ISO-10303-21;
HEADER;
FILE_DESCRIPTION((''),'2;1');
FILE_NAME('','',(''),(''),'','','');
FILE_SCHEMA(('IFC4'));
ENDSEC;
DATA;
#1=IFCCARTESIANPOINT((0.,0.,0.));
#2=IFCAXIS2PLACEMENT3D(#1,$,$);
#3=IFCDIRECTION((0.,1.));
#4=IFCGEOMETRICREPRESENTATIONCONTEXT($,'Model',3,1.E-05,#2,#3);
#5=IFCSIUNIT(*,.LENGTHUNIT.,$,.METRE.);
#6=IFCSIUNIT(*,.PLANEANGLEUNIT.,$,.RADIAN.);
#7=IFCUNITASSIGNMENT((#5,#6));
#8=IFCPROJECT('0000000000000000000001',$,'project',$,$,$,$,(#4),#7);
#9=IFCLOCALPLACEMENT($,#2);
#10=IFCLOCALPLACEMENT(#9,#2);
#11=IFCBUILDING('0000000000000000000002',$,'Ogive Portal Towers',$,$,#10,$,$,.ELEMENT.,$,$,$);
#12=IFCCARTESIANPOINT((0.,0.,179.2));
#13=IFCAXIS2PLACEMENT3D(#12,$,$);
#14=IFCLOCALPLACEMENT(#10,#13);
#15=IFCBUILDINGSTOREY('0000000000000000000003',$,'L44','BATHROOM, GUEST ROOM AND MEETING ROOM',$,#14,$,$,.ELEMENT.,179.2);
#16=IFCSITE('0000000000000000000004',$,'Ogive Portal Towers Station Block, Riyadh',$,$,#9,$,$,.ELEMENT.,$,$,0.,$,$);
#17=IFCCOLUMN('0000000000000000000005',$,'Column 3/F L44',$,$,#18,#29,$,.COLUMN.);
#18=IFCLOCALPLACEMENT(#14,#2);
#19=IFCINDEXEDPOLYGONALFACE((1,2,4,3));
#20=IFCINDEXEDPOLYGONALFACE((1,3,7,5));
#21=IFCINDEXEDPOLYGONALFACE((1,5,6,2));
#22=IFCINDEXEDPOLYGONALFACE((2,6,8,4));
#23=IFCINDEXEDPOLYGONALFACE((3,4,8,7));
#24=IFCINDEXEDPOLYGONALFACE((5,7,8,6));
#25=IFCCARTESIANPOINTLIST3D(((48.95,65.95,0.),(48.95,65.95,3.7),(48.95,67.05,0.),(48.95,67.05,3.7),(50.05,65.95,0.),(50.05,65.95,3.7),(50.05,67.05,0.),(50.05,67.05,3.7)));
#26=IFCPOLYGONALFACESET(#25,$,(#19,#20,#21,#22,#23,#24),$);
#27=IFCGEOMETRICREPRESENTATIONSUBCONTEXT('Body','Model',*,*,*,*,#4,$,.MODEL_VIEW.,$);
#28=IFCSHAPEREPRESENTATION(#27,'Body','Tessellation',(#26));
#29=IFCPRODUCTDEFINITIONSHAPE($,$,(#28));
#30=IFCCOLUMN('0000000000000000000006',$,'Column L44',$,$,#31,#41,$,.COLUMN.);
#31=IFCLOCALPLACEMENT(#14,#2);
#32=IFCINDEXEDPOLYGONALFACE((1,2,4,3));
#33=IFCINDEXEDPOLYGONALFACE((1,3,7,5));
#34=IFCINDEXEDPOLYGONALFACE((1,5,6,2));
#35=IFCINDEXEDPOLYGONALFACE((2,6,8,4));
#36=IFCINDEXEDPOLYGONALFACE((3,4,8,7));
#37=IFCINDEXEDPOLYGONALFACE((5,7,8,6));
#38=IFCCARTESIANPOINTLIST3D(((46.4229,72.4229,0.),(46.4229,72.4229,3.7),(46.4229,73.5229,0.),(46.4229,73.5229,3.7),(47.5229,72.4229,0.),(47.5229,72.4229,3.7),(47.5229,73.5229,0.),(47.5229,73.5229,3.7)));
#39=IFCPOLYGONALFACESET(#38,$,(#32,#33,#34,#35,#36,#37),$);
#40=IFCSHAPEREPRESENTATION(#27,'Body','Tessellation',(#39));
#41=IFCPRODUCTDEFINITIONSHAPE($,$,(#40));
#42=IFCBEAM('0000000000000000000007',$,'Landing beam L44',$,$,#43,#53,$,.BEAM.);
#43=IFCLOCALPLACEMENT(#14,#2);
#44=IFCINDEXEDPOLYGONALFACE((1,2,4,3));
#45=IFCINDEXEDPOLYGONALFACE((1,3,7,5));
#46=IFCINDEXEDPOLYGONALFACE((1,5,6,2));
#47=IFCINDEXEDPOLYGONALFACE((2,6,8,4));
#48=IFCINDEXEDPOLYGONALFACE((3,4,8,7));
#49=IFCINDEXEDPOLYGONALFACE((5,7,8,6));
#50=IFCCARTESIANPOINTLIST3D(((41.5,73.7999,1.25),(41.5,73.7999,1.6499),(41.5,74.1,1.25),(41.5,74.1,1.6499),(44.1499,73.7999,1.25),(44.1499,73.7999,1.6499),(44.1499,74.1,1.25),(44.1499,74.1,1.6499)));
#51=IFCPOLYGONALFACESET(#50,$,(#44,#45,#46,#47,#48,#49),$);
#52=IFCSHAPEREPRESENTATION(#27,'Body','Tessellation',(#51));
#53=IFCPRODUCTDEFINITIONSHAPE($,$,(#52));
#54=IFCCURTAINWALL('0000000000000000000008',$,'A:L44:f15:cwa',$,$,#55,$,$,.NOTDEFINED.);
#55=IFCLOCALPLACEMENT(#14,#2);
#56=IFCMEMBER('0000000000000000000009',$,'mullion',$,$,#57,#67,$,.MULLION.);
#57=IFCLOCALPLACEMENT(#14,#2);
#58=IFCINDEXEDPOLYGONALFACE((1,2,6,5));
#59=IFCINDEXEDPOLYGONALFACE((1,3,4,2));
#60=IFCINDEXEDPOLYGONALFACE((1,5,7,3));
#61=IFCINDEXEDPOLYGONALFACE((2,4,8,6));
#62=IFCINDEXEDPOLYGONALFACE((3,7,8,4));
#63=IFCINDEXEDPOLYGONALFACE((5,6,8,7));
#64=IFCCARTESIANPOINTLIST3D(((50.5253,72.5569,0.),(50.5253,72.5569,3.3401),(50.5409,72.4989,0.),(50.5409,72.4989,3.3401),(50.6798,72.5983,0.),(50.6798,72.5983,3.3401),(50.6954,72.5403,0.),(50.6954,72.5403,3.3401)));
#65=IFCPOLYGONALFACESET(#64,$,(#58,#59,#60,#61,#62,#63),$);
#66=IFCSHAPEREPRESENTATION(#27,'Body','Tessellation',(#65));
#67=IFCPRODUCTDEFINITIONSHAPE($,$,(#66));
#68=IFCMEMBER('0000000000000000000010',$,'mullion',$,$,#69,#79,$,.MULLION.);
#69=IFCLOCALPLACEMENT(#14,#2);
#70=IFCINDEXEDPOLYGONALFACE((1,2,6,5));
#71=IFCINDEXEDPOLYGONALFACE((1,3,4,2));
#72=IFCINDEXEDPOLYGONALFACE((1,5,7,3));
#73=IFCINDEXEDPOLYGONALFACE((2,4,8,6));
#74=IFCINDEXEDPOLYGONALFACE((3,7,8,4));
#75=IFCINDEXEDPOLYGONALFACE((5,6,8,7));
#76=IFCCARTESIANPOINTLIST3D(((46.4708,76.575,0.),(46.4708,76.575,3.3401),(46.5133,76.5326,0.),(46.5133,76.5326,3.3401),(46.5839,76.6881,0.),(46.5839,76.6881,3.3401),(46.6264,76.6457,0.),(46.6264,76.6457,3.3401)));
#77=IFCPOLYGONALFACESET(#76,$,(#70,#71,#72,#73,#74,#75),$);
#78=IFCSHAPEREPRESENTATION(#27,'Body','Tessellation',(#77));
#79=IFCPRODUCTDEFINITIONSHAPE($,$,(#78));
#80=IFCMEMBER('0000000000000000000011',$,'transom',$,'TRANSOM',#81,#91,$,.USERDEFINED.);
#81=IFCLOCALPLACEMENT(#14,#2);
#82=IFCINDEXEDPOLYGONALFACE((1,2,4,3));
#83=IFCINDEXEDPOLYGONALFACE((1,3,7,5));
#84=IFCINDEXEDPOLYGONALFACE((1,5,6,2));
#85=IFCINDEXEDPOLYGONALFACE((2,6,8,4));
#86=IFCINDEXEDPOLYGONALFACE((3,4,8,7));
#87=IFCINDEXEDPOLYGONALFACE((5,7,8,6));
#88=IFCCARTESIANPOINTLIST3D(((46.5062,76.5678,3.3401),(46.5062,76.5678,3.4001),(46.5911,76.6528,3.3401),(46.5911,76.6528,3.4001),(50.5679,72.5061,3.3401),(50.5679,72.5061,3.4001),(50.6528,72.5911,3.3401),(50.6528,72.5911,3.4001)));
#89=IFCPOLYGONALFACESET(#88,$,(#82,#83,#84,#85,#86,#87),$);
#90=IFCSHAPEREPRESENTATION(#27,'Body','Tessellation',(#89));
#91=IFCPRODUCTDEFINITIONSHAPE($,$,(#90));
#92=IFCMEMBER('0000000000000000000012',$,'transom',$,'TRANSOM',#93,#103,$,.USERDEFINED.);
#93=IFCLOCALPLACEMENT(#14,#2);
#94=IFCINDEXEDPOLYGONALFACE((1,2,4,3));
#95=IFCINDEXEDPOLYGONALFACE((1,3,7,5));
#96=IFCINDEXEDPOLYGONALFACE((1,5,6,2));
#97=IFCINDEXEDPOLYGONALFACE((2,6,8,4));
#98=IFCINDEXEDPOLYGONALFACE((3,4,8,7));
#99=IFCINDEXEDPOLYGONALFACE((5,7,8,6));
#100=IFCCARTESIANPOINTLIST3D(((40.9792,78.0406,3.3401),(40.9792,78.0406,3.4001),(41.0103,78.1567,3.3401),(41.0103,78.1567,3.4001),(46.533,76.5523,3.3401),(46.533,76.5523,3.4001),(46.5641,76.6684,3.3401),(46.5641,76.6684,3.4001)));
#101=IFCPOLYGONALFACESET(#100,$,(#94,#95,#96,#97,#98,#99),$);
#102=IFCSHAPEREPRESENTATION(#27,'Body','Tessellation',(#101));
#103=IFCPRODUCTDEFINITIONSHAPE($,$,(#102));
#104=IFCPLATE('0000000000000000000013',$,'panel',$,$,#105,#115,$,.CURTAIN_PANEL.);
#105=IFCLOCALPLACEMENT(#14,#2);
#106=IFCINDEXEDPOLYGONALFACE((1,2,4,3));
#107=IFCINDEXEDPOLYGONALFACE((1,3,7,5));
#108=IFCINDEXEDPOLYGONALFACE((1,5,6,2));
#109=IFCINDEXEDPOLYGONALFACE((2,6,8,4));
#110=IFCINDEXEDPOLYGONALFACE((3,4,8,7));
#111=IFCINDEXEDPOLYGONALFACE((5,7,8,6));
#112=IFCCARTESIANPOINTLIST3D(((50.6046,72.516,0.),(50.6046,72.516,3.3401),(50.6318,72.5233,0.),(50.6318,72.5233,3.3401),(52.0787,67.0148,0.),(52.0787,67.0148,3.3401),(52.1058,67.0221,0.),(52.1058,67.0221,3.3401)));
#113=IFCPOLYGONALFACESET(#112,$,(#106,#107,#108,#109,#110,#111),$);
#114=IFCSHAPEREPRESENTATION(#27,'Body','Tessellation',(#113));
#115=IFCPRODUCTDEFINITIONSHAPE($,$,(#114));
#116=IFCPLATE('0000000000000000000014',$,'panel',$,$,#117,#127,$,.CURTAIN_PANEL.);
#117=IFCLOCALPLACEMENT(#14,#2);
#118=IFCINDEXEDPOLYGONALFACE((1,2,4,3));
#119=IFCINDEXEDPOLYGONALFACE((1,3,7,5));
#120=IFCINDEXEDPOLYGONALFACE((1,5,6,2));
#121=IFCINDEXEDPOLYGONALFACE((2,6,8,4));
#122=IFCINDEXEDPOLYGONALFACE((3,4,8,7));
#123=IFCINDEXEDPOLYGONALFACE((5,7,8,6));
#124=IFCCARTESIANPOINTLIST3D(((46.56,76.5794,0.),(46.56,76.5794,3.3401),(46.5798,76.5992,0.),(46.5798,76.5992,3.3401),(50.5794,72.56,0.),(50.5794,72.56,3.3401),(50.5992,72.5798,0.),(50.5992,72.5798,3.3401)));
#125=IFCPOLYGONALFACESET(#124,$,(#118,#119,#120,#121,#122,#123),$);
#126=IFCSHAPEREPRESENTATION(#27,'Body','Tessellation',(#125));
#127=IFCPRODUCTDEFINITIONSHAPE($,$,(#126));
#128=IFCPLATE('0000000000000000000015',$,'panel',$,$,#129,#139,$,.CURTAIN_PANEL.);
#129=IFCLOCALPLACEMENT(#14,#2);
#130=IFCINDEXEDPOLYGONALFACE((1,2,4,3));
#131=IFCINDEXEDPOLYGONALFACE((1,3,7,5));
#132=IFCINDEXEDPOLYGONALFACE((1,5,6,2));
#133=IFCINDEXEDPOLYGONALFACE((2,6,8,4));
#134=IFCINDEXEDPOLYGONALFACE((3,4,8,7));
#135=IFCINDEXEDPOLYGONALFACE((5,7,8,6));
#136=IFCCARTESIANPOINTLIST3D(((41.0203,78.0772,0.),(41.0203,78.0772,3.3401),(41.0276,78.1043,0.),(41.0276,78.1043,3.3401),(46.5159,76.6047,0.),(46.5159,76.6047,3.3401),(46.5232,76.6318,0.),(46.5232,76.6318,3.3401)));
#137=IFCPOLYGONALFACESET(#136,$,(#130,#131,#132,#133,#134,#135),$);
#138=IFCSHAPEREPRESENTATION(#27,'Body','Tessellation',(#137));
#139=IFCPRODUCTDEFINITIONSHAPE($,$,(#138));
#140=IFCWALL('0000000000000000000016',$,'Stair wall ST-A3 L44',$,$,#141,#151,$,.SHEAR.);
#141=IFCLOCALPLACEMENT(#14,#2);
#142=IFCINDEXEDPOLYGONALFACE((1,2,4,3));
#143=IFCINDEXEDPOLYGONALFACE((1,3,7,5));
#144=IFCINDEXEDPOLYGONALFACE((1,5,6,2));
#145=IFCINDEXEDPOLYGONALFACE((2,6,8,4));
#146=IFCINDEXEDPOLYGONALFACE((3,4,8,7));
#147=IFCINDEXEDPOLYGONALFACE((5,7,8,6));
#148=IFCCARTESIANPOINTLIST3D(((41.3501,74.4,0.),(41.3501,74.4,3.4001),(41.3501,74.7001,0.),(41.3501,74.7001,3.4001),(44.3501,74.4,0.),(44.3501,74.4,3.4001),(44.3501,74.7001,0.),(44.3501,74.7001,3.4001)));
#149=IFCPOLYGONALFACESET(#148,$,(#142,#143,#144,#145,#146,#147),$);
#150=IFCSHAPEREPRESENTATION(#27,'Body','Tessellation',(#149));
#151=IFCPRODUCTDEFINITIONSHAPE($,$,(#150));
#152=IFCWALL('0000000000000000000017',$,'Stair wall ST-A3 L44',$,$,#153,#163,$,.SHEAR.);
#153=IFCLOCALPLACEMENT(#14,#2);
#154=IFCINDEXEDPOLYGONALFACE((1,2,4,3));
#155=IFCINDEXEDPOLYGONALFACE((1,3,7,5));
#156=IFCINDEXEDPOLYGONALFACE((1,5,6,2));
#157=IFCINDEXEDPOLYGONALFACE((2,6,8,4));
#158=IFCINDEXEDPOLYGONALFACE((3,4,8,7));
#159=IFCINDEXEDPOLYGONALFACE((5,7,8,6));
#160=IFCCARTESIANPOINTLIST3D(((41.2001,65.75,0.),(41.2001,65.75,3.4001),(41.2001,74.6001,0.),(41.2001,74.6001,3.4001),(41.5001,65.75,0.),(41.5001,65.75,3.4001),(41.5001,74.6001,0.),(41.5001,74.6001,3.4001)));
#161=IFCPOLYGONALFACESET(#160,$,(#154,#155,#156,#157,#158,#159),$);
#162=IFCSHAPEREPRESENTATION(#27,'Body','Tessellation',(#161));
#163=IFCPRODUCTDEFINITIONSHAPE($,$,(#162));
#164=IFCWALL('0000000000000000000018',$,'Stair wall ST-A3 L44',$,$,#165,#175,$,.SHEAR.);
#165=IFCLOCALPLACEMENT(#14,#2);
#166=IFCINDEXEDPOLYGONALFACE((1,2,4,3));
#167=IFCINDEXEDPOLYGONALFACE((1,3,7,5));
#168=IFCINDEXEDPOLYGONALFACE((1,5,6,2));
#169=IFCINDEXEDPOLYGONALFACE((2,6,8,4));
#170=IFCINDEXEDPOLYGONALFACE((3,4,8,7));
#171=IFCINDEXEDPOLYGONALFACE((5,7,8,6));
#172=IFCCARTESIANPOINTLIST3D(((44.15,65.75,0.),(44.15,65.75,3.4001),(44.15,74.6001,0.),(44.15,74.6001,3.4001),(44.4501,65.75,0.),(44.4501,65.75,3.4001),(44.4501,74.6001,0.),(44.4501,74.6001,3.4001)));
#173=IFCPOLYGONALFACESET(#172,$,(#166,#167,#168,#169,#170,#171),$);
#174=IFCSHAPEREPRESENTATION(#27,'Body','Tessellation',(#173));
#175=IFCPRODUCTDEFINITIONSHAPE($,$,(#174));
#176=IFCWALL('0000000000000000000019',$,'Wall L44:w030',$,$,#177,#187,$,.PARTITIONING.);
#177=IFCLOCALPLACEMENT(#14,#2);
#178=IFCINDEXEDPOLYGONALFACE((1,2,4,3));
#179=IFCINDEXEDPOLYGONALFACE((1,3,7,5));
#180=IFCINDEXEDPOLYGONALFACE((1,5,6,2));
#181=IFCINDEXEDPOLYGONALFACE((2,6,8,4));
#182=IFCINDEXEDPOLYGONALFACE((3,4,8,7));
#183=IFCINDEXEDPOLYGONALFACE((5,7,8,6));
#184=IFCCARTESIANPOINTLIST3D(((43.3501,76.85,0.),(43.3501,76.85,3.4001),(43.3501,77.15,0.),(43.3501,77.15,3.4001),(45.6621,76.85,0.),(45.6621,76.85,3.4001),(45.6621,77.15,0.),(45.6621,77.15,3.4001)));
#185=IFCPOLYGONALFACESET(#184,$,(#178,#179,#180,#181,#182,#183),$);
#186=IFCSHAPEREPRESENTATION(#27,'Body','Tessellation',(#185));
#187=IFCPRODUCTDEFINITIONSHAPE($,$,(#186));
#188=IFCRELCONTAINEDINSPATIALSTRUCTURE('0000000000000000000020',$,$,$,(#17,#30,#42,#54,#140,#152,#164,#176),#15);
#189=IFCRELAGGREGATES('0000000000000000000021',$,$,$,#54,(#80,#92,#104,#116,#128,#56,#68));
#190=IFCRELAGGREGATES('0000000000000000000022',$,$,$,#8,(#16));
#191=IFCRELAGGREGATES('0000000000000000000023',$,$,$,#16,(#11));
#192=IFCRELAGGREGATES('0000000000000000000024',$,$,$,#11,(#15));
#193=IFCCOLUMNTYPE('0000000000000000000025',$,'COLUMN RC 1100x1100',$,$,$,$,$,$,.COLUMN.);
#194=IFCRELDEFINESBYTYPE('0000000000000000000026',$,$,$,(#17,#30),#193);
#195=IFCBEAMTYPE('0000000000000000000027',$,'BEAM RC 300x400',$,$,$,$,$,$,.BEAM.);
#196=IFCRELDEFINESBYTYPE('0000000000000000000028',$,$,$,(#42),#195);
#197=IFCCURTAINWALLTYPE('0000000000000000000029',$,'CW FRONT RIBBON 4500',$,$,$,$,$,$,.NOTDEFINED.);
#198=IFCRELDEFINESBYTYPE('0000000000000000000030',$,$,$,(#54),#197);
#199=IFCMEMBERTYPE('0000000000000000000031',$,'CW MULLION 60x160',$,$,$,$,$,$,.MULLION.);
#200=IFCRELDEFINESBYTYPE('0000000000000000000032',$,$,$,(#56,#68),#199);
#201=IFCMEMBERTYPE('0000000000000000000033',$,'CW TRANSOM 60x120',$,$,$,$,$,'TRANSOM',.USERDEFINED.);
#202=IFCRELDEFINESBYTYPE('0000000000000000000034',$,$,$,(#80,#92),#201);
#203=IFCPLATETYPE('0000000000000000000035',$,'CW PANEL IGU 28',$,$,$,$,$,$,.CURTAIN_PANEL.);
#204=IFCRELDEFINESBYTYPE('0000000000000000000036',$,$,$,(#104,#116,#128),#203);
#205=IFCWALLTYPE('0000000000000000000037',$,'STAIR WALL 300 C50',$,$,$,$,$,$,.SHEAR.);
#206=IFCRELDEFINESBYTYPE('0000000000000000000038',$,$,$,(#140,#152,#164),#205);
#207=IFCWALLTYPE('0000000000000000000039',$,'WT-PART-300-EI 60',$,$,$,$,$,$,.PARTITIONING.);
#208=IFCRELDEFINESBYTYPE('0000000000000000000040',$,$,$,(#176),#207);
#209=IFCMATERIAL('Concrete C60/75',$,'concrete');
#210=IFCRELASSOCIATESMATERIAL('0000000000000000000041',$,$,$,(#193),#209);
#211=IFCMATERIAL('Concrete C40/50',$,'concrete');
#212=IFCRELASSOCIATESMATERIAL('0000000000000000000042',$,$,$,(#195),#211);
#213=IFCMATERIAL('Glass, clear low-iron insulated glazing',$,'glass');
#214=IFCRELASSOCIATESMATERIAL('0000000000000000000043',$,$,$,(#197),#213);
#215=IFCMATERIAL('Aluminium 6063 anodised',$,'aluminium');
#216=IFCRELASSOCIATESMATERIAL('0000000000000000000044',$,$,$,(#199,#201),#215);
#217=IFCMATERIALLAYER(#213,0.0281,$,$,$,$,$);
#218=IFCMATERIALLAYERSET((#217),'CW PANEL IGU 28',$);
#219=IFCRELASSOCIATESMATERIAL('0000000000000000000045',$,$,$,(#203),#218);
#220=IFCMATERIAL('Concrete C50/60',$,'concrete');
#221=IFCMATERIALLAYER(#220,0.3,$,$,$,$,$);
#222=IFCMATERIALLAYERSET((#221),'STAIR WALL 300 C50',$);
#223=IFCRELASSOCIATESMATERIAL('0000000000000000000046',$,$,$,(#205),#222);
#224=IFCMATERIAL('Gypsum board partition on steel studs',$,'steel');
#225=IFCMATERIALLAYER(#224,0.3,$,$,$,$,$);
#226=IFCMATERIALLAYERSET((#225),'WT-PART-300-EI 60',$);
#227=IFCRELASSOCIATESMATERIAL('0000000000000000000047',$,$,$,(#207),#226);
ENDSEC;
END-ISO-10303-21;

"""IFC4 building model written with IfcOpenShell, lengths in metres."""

from ifc_helpers import new_model, si_unit, direction, frame, frame_2d, origin, origin_2d, place, context, subcontext, project, spatial, rectangle, extrude, material, layer, layer_set, material_profile, profile_set, type_object, element, aggregate, save


model = new_model("IFC4")

# Units and contexts
model_context = context("Model", 3, precision=1e-05, world=origin(), true_north=direction((0.0, 1.0)))
body_context = subcontext(model_context, "Body", "Model", "MODEL_VIEW")
ifc_project = project(units=[si_unit("LENGTHUNIT", "METRE"), si_unit("PLANEANGLEUNIT", "RADIAN")], contexts=[model_context])

# Site, building, storey
site_placement = place(None, origin())
site = spatial("IfcSite", under=ifc_project, at=site_placement, Name="Ogive Portal Towers Station Block, Riyadh", CompositionType="ELEMENT", RefElevation=0.0)
building_placement = place(site_placement, origin())
building = spatial("IfcBuilding", under=site, at=building_placement, Name="Ogive Portal Towers", CompositionType="ELEMENT")
storey_placement = place(building_placement, frame((0.0, 0.0, 179.2)))
storey = spatial("IfcBuildingStorey", under=building, at=storey_placement, Name="L44", Description="BATHROOM, GUEST ROOM AND MEETING ROOM", CompositionType="ELEMENT", Elevation=179.2)

# Columns
ifc_material_1 = material(Name="Concrete C60/75", Category="concrete")
ifc_material_profile_1 = material_profile(ifc_material_1, rectangle(XDim=1.1001, YDim=1.1001, at=origin_2d()), Name="RC 1100x1100")
ifc_profile_set_1 = profile_set([ifc_material_profile_1], Name="Concrete C60/75")
column_type = type_object("IfcColumnType", Name="COLUMN RC 1100x1100", PredefinedType="COLUMN", material=ifc_profile_set_1)
for number, where, z_axis, x_axis, name in (
    (1, (49.5, 66.5, 0.0), (0.0, 0.0, 1.0), (1.0, 0.0, 0.0), "Column 3/F L44"),
    (2, (46.9729, 72.9729, 0.0), (0.0, 0.0, 1.0), (1.0, 0.0, 0.0), "Column L44"),
):
    element("IfcColumn", number, at=place(storey_placement, frame(where, z_axis=z_axis, x_axis=x_axis)), inside=storey, type_object=column_type, Name=name, PredefinedType="COLUMN", context=body_context, shape_type="SweptSolid", body=[
        extrude(rectangle(XDim=1.1001, YDim=1.1001, at=origin_2d()), origin(), (0.0, 0.0, 1.0), 3.7),
    ])

# Beam
ifc_material_2 = material(Name="Concrete C40/50", Category="concrete")
ifc_material_profile_2 = material_profile(ifc_material_2, rectangle(XDim=0.3, YDim=0.3999, at=origin_2d()), Name="RC 300x400")
ifc_profile_set_2 = profile_set([ifc_material_profile_2], Name="Concrete C40/50")
beam_type = type_object("IfcBeamType", Name="BEAM RC 300x400", PredefinedType="BEAM", material=ifc_profile_set_2)
beam_placement = place(storey_placement, frame((41.5, 73.95, 1.45), z_axis=(1.0, 0.0, 0.0), x_axis=(0.0, 1.0, 0.0)))
element("IfcBeam", 3, at=beam_placement, inside=storey, type_object=beam_type, Name="Landing beam L44", PredefinedType="BEAM", context=body_context, shape_type="SweptSolid", body=[
    extrude(rectangle(XDim=0.3, YDim=0.3999, at=origin_2d()), origin(), (0.0, 0.0, 1.0), 2.6499),
])

# Curtain wall, members, plates
ifc_material_3 = material(Name="Glass, clear low-iron insulated glazing", Category="glass")
curtain_wall_type = type_object("IfcCurtainWallType", Name="CW FRONT RIBBON 4500", PredefinedType="NOTDEFINED", material=ifc_material_3)
curtain_wall_placement = place(storey_placement, origin())
curtain_wall = element("IfcCurtainWall", 4, at=curtain_wall_placement, inside=storey, type_object=curtain_wall_type, Name="A:L44:f15:cwa", PredefinedType="NOTDEFINED")
ifc_material_4 = material(Name="Aluminium 6063 anodised", Category="aluminium")
ifc_material_profile_3 = material_profile(ifc_material_4, rectangle(XDim=0.1599, YDim=0.0601, at=origin_2d()), Name="AL 60x160")
ifc_profile_set_3 = profile_set([ifc_material_profile_3], Name="Aluminium 6063 anodised")
member_type_1 = type_object("IfcMemberType", Name="CW MULLION 60x160", PredefinedType="MULLION", material=ifc_profile_set_3)
member_1_placement = place(storey_placement, frame((50.6104, 72.5486, 0.0), z_axis=(0.0, 0.0, 1.0), x_axis=(-0.965926, -0.258819, 0.0)))
member_1 = element("IfcMember", 5, at=member_1_placement, type_object=member_type_1, Name="mullion", PredefinedType="MULLION", context=body_context, shape_type="SweptSolid", body=[
    extrude(rectangle(XDim=0.1599, YDim=0.0601, at=origin_2d()), origin(), (0.0, 0.0, 1.0), 3.3401),
])
member_2_placement = place(storey_placement, frame((46.5486, 76.6104, 0.0), z_axis=(0.0, 0.0, 1.0), x_axis=(-0.707107, -0.707107, 0.0)))
member_2 = element("IfcMember", 6, at=member_2_placement, type_object=member_type_1, Name="mullion", PredefinedType="MULLION", context=body_context, shape_type="SweptSolid", body=[
    extrude(rectangle(XDim=0.1599, YDim=0.0601, at=origin_2d()), origin(), (0.0, 0.0, 1.0), 3.3401),
])
ifc_material_profile_4 = material_profile(ifc_material_4, rectangle(XDim=0.1201, YDim=0.0601, at=origin_2d()), Name="AL 120x60")
ifc_profile_set_4 = profile_set([ifc_material_profile_4], Name="Aluminium 6063 anodised")
member_type_2 = type_object("IfcMemberType", Name="CW TRANSOM 60x120", ElementType="TRANSOM", PredefinedType="USERDEFINED", material=ifc_profile_set_4)
member_3_placement = place(storey_placement, frame((50.6104, 72.5486, 3.3701), z_axis=(-0.707107, 0.707107, 0.0), x_axis=(-0.707107, -0.707107, 0.0)))
member_3 = element("IfcMember", 7, at=member_3_placement, type_object=member_type_2, Name="transom", ObjectType="TRANSOM", PredefinedType="USERDEFINED", context=body_context, shape_type="SweptSolid", body=[
    extrude(rectangle(XDim=0.1201, YDim=0.0601, at=origin_2d()), origin(), (0.0, 0.0, 1.0), 5.7441),
])
member_4_placement = place(storey_placement, frame((46.5486, 76.6104, 3.3701), z_axis=(-0.965918, 0.258846, 0.0), x_axis=(-0.258846, -0.965918, 0.0)))
member_4 = element("IfcMember", 8, at=member_4_placement, type_object=member_type_2, Name="transom", ObjectType="TRANSOM", PredefinedType="USERDEFINED", context=body_context, shape_type="SweptSolid", body=[
    extrude(rectangle(XDim=0.1201, YDim=0.0601, at=origin_2d()), origin(), (0.0, 0.0, 1.0), 5.7498),
])
ifc_layer_1 = layer(ifc_material_3, 0.0281)
ifc_layer_set_1 = layer_set([ifc_layer_1], Name="CW PANEL IGU 28")
plate_type = type_object("IfcPlateType", Name="CW PANEL IGU 28", PredefinedType="CURTAIN_PANEL", material=ifc_layer_set_1)
plate_1_placement = place(storey_placement, frame((51.3552, 69.769, 0.0), z_axis=(0.0, 0.0, 1.0), x_axis=(-0.258819, 0.965926, 0.0)))
plate_1 = element("IfcPlate", 9, at=plate_1_placement, type_object=plate_type, Name="panel", PredefinedType="CURTAIN_PANEL", context=body_context, shape_type="SweptSolid", body=[
    extrude(rectangle(XDim=5.6953, YDim=0.0281, at=origin_2d()), origin(), (0.0, 0.0, 1.0), 3.3401),
])
plate_2_placement = place(storey_placement, frame((48.5796, 74.5796, 0.0), z_axis=(0.0, 0.0, 1.0), x_axis=(-0.707107, 0.707107, 0.0)))
plate_2 = element("IfcPlate", 10, at=plate_2_placement, type_object=plate_type, Name="panel", PredefinedType="CURTAIN_PANEL", context=body_context, shape_type="SweptSolid", body=[
    extrude(rectangle(XDim=5.6843, YDim=0.0281, at=origin_2d()), origin(), (0.0, 0.0, 1.0), 3.3401),
])
plate_3_placement = place(storey_placement, frame((43.7717, 77.3545, 0.0), z_axis=(0.0, 0.0, 1.0), x_axis=(-0.965926, 0.258819, 0.0)))
plate_3 = element("IfcPlate", 11, at=plate_3_placement, type_object=plate_type, Name="panel", PredefinedType="CURTAIN_PANEL", context=body_context, shape_type="SweptSolid", body=[
    extrude(rectangle(XDim=5.6895, YDim=0.0281, at=origin_2d()), origin(), (0.0, 0.0, 1.0), 3.3401),
])
aggregate(curtain_wall, [member_3, member_4, plate_1, plate_2, plate_3, member_1, member_2])

# Walls
ifc_material_5 = material(Name="Concrete C50/60", Category="concrete")
ifc_layer_2 = layer(ifc_material_5, 0.3)
ifc_layer_set_2 = layer_set([ifc_layer_2], Name="STAIR WALL 300 C50")
wall_type_1 = type_object("IfcWallType", Name="STAIR WALL 300 C50", PredefinedType="SHEAR", material=ifc_layer_set_2)
wall_1_placement = place(storey_placement, frame((41.3501, 74.55, 0.0), z_axis=(0.0, 0.0, 1.0), x_axis=(1.0, 0.0, 0.0)))
element("IfcWall", 12, at=wall_1_placement, inside=storey, type_object=wall_type_1, Name="Stair wall ST-A3 L44", PredefinedType="SHEAR", context=body_context, shape_type="SweptSolid", body=[
    extrude(rectangle(XDim=3.0, YDim=0.3, at=frame_2d((1.5, 0.0))), origin(), (0.0, 0.0, 1.0), 3.4001),
])
for number, where, z_axis, x_axis, name in (
    (13, (41.3501, 65.75, 0.0), (0.0, 0.0, 1.0), (0.0, 1.0, 0.0), "Stair wall ST-A3 L44"),
    (14, (44.3, 65.75, 0.0), (0.0, 0.0, 1.0), (0.0, 1.0, 0.0), "Stair wall ST-A3 L44"),
):
    element("IfcWall", number, at=place(storey_placement, frame(where, z_axis=z_axis, x_axis=x_axis)), inside=storey, type_object=wall_type_1, Name=name, PredefinedType="SHEAR", context=body_context, shape_type="SweptSolid", body=[
        extrude(rectangle(XDim=8.8501, YDim=0.3, at=frame_2d((4.425, 0.0))), origin(), (0.0, 0.0, 1.0), 3.4001),
    ])
ifc_material_6 = material(Name="Gypsum board partition on steel studs", Category="steel")
ifc_layer_3 = layer(ifc_material_6, 0.3)
ifc_layer_set_3 = layer_set([ifc_layer_3], Name="WT-PART-300-EI 60")
wall_type_2 = type_object("IfcWallType", Name="WT-PART-300-EI 60", PredefinedType="PARTITIONING", material=ifc_layer_set_3)
wall_2_placement = place(storey_placement, frame((43.3501, 77.0, 0.0), z_axis=(0.0, 0.0, 1.0), x_axis=(1.0, 0.0, 0.0)))
element("IfcWall", 15, at=wall_2_placement, inside=storey, type_object=wall_type_2, Name="Wall L44:w030", PredefinedType="PARTITIONING", context=body_context, shape_type="SweptSolid", body=[
    extrude(rectangle(XDim=2.312, YDim=0.3, at=frame_2d((1.156, 0.0))), origin(), (0.0, 0.0, 1.0), 3.4001),
])

save(model, "model.ifc")
